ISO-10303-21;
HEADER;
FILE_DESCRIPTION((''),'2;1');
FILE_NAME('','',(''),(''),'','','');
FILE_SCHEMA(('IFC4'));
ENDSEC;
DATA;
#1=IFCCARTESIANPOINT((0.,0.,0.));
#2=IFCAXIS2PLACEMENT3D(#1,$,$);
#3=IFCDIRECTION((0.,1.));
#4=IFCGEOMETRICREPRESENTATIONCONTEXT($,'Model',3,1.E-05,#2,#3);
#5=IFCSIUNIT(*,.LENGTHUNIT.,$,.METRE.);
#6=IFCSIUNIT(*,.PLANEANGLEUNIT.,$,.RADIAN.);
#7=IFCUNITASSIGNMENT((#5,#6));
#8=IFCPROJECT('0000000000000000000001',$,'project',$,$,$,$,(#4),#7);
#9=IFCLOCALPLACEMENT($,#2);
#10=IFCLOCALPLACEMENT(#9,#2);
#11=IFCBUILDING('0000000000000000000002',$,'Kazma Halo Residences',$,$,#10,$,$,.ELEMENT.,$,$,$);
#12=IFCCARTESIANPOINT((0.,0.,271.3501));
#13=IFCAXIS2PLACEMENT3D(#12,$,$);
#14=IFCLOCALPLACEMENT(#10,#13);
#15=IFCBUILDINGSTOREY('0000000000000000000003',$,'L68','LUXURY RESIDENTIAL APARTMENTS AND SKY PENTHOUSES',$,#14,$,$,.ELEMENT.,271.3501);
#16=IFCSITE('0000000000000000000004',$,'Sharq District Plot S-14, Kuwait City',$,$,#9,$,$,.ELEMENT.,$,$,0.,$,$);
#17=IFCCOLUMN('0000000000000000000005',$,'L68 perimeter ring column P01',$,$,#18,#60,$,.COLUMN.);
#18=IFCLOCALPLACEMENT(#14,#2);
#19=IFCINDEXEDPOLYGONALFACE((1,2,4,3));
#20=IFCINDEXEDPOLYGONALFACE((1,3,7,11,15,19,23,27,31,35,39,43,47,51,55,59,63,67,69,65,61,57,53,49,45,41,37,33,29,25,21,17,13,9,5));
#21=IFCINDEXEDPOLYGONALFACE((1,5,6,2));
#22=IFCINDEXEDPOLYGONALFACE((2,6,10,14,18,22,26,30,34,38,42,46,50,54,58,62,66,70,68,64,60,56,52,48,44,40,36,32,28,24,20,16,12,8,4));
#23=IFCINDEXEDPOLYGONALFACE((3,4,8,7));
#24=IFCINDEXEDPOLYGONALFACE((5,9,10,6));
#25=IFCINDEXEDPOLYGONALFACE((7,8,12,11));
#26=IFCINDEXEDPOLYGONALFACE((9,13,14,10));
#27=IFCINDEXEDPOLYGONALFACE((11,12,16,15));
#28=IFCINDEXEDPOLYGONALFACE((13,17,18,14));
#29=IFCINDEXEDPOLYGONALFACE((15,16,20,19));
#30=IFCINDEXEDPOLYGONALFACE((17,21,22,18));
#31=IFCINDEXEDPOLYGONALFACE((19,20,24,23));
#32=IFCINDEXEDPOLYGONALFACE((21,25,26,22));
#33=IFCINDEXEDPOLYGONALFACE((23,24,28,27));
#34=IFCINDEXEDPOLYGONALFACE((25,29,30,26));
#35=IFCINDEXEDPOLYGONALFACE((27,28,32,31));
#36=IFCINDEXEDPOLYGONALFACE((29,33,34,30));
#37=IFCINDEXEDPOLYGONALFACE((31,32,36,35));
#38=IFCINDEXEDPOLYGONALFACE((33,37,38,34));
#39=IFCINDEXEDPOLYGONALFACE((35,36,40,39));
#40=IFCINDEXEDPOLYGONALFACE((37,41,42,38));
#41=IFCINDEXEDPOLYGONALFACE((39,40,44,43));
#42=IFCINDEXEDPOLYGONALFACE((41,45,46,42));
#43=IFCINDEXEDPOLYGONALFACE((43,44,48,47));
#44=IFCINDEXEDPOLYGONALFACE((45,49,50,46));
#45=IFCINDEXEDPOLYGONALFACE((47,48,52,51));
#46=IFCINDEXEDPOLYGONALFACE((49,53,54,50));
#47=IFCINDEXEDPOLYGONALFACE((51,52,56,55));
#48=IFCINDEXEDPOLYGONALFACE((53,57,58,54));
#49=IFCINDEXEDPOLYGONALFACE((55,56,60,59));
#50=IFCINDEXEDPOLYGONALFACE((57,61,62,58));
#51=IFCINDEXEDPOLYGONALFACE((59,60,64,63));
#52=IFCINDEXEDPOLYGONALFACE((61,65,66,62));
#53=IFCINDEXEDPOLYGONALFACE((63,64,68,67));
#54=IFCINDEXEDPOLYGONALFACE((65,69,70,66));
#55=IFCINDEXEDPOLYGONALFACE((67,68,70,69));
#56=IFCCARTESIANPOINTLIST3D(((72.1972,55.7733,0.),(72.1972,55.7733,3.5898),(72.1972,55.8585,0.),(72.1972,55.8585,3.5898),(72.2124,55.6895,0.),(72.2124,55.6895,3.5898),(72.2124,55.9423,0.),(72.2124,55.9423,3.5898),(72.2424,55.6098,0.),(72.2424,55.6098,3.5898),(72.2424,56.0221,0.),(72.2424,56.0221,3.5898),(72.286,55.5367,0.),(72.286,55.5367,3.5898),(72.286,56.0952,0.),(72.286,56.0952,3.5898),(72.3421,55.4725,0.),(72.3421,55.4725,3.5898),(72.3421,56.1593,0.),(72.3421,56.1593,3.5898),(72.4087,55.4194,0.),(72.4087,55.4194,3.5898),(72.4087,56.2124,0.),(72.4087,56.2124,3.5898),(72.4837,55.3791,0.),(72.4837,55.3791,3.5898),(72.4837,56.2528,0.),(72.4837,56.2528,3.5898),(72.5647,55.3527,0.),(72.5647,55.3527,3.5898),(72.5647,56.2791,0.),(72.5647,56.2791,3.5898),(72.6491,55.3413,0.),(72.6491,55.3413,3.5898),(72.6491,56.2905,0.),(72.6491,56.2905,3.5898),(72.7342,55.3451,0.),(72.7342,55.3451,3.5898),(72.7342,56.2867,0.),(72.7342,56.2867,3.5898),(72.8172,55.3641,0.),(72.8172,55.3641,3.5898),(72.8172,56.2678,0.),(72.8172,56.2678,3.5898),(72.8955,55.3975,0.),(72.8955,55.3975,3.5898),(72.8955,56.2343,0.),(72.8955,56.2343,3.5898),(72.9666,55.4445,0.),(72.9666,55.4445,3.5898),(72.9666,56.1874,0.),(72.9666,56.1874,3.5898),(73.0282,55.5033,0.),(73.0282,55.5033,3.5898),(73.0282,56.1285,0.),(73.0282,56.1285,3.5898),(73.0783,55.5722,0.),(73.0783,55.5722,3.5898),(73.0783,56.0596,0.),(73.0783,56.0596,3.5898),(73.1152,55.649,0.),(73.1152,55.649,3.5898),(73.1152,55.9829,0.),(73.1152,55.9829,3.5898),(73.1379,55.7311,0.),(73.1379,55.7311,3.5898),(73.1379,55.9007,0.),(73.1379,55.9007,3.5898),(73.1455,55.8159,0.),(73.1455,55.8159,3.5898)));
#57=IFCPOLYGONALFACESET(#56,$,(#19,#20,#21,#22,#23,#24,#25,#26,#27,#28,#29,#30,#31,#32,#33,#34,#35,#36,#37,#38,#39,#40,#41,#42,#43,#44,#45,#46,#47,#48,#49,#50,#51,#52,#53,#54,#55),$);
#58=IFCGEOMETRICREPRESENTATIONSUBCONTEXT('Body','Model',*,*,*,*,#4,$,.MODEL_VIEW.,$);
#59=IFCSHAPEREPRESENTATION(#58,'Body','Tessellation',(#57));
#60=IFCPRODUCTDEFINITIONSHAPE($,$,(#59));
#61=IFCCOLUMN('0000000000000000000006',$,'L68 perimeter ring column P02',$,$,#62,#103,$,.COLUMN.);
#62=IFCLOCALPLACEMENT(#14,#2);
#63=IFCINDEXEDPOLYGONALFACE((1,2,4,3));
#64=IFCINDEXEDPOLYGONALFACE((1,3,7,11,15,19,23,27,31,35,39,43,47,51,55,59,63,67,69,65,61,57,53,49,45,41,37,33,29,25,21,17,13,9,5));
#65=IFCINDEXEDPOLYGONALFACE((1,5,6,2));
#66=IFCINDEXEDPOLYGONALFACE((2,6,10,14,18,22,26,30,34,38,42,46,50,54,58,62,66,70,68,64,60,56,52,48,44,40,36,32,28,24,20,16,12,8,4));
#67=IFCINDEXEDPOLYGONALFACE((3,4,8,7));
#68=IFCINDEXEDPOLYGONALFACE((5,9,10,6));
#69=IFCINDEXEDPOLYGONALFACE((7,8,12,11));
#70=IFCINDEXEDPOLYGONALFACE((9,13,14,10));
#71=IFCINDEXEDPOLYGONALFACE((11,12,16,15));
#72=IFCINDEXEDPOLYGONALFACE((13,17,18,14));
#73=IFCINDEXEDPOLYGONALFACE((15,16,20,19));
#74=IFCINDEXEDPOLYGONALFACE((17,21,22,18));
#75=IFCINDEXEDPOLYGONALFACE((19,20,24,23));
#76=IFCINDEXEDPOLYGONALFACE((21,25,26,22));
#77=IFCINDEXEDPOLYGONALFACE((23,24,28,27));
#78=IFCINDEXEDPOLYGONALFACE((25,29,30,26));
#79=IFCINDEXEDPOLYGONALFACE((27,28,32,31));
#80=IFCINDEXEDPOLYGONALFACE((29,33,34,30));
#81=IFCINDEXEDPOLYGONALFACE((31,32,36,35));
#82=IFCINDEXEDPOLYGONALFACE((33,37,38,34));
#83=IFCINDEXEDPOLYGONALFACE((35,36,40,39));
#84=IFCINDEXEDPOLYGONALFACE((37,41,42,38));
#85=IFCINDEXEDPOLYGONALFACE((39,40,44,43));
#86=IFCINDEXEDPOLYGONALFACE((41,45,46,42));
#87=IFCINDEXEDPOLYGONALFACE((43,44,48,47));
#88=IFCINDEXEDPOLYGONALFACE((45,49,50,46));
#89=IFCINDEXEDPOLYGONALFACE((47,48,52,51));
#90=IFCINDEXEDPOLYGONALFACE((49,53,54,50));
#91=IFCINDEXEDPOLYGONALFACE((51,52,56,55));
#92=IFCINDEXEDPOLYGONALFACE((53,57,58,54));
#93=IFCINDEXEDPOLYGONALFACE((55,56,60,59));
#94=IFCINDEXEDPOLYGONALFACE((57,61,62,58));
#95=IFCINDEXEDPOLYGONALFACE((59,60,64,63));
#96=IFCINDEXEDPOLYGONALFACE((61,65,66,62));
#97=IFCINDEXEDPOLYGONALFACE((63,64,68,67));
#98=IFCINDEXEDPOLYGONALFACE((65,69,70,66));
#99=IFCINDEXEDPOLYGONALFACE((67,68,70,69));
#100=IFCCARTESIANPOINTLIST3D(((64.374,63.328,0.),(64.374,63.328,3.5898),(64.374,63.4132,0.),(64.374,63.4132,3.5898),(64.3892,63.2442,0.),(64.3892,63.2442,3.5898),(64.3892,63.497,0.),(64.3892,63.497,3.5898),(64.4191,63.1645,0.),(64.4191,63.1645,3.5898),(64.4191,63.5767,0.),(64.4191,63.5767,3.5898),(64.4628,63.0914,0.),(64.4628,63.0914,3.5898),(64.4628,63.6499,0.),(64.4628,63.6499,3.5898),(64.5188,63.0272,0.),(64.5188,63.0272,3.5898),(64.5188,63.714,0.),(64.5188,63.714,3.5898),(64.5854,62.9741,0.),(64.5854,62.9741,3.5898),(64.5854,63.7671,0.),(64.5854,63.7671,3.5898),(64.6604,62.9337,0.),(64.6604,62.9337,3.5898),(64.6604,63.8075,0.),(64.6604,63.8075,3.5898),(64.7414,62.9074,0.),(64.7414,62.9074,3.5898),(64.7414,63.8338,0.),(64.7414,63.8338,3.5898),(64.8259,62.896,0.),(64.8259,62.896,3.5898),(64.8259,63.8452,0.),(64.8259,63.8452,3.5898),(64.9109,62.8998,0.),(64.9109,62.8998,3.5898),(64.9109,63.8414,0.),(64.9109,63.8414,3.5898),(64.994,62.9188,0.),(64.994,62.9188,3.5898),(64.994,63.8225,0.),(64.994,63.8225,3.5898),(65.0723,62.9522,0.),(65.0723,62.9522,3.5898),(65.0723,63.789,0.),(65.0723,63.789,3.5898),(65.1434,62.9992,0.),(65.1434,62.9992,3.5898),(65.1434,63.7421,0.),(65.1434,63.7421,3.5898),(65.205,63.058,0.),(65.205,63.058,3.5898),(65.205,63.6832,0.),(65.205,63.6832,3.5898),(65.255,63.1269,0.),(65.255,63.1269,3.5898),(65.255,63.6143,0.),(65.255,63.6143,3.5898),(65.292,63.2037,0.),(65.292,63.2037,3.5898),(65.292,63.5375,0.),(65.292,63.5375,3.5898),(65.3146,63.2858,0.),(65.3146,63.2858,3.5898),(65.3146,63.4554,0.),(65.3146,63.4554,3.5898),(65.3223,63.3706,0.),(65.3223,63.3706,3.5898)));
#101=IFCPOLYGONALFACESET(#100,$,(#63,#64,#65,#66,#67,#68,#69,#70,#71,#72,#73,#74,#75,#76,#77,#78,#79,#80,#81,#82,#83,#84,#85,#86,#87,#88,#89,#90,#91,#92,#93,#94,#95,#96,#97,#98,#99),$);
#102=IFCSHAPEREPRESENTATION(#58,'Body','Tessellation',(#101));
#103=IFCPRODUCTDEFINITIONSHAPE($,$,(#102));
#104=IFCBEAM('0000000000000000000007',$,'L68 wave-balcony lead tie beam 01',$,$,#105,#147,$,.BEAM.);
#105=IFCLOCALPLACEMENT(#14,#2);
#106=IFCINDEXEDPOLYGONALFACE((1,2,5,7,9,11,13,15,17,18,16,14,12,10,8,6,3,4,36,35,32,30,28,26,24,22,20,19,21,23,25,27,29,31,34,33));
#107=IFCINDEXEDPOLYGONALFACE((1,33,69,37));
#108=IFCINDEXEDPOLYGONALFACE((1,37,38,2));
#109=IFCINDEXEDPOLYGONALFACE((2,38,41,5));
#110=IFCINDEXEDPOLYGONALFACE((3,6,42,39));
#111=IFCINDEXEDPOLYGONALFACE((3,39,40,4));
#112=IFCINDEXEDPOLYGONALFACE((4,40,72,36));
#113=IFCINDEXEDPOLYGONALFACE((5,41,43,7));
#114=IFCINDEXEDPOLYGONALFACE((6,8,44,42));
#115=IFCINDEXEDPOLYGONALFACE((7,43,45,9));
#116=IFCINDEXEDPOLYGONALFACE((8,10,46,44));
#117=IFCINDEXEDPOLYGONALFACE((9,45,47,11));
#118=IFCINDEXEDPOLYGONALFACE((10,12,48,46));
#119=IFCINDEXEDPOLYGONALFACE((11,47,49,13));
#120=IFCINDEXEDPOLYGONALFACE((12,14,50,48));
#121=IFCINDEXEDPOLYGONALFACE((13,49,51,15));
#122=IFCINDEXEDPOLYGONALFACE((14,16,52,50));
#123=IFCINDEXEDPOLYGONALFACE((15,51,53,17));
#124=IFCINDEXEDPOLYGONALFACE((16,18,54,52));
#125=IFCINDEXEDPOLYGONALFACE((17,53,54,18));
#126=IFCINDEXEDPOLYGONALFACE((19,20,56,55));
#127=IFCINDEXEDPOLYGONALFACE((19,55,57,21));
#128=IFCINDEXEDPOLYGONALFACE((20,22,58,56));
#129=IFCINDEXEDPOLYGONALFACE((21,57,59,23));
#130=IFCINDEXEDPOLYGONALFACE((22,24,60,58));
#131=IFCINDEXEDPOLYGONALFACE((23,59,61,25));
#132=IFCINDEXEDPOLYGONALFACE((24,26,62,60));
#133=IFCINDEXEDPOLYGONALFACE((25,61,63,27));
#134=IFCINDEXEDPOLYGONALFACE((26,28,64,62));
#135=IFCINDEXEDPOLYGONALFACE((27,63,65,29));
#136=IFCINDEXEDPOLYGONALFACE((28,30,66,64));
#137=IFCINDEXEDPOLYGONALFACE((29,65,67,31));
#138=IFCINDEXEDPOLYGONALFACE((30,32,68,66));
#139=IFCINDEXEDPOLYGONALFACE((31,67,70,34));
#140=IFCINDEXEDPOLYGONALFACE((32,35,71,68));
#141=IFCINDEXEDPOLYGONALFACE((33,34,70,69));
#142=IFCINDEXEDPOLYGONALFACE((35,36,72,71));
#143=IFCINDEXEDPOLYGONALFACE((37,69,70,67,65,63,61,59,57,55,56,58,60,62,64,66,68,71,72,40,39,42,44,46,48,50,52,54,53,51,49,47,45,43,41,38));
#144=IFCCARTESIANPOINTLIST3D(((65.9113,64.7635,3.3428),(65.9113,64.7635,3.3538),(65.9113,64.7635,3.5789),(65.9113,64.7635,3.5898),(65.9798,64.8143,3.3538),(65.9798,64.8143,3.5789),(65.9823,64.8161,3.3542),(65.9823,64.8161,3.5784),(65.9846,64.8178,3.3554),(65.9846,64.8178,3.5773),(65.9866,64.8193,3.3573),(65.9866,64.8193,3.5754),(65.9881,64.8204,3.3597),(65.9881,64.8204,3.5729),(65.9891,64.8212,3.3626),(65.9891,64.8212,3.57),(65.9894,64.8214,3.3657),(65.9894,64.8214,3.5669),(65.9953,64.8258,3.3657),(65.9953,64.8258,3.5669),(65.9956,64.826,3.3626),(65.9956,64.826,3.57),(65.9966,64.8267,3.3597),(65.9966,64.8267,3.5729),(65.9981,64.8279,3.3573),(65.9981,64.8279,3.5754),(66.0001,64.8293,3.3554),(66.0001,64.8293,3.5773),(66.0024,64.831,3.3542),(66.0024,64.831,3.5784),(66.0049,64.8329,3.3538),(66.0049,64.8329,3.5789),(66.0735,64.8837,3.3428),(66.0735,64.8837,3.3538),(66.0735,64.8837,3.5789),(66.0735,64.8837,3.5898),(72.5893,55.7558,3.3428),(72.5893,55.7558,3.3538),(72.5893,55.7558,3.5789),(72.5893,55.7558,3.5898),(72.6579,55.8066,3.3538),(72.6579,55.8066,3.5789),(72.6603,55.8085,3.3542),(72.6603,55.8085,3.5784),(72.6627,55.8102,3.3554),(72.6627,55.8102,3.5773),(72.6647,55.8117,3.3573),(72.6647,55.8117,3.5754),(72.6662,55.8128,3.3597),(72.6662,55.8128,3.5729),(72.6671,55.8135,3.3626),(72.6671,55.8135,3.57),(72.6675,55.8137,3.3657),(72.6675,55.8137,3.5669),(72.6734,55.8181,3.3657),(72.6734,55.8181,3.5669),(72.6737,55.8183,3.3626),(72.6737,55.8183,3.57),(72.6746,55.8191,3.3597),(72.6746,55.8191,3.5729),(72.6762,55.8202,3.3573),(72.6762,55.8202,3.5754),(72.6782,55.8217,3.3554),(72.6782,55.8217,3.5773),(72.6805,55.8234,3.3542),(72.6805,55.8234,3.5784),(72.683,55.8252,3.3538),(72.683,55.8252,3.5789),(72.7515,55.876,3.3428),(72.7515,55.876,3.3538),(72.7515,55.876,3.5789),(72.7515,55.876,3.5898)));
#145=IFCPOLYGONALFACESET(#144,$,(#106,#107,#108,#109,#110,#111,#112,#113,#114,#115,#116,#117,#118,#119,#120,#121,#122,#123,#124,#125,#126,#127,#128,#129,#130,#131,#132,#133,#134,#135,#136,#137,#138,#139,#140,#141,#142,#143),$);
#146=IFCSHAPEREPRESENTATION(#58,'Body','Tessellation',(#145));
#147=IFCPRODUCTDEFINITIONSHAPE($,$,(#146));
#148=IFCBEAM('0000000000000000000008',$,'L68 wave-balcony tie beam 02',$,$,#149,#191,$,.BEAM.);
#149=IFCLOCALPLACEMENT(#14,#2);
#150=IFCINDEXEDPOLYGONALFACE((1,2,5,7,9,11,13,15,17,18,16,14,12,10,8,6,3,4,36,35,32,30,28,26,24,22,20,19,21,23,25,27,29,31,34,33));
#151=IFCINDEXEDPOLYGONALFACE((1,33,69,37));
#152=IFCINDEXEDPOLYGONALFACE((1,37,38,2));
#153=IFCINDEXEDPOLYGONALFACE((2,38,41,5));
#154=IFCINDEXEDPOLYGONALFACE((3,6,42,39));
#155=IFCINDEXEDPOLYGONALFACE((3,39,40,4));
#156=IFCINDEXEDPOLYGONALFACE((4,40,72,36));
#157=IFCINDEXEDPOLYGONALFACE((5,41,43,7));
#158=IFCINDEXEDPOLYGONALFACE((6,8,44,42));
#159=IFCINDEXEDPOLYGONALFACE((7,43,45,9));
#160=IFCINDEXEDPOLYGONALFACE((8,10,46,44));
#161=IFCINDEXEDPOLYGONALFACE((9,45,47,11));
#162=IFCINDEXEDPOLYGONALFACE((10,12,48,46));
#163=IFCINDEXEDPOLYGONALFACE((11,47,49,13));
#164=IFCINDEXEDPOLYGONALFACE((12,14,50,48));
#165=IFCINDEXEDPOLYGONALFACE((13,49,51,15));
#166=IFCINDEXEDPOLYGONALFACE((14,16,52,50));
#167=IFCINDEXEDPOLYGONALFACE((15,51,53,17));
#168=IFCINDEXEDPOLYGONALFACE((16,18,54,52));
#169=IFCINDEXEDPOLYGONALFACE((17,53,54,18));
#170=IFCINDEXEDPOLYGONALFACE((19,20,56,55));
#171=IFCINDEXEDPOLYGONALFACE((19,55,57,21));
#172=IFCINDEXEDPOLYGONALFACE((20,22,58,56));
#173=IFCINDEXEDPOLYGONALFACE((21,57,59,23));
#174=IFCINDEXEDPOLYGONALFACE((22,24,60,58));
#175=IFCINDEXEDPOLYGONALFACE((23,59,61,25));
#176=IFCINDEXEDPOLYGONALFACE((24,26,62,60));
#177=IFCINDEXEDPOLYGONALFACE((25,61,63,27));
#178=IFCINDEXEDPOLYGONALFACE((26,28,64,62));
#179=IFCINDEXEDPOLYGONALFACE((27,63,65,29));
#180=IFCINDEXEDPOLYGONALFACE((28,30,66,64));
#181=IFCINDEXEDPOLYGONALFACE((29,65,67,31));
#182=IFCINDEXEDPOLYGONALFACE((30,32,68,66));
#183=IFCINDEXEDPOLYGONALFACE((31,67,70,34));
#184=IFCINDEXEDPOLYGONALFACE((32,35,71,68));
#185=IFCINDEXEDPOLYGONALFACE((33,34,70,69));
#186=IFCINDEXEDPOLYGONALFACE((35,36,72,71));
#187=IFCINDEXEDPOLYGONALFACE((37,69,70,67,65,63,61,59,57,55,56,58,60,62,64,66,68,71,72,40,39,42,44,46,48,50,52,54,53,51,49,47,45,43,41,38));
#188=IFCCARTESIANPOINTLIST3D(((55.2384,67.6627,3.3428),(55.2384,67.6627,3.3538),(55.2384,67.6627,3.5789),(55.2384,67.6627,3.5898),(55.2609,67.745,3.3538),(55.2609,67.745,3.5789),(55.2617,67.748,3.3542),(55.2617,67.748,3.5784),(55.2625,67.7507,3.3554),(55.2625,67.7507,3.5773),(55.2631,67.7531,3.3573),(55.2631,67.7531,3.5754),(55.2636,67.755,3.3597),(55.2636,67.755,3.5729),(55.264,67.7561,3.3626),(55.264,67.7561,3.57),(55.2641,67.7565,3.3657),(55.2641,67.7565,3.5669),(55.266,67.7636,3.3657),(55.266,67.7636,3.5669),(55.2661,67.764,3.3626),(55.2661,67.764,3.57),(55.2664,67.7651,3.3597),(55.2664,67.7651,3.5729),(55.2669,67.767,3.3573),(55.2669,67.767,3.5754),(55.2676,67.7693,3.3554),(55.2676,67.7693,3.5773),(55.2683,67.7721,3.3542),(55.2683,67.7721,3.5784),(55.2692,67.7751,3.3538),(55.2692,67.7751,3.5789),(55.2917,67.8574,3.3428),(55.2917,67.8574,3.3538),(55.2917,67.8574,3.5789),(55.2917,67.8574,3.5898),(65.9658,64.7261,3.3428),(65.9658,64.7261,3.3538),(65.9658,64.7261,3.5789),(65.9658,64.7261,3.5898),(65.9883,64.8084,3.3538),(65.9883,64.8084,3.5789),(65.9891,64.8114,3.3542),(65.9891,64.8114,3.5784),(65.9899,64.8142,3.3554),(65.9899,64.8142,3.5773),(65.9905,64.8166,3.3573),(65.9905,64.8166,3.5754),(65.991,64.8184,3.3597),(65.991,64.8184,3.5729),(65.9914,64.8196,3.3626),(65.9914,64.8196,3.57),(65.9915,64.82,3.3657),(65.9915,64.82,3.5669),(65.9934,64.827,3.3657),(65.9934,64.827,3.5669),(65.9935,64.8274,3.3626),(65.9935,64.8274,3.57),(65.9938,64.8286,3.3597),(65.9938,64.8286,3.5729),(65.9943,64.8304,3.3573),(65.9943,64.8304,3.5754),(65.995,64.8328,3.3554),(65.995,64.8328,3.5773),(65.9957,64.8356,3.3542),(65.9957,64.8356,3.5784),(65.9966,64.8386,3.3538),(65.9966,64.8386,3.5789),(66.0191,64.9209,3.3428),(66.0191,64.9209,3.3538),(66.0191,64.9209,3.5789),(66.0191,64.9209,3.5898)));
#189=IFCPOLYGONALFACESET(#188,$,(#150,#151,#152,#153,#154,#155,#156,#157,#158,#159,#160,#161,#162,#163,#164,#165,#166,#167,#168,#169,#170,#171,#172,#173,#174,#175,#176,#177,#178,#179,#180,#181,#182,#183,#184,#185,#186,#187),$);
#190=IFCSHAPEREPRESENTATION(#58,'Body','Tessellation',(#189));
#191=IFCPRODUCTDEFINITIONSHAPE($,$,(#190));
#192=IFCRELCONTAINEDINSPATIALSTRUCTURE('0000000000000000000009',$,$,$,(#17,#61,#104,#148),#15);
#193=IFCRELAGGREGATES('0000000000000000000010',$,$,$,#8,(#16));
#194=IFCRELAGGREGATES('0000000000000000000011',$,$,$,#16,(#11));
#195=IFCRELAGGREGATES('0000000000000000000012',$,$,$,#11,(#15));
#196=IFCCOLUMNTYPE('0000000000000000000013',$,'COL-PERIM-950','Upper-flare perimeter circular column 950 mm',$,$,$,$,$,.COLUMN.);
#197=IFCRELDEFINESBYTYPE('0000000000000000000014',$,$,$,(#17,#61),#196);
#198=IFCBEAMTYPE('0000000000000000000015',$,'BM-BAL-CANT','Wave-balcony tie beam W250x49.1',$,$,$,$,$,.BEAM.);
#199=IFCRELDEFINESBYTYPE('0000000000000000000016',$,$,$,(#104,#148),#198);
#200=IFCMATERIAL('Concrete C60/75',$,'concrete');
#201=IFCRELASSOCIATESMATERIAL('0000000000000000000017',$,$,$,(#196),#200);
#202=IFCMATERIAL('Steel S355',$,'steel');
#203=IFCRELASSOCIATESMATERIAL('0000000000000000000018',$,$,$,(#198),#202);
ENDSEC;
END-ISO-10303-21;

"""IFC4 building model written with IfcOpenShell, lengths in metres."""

from ifc_helpers import new_model, si_unit, direction, frame, origin, origin_2d, place, context, subcontext, project, spatial, circle, i_section, extrude, material, material_profile, profile_set, type_object, element, save


model = new_model("IFC4")

# Units and contexts
model_context = context("Model", 3, precision=1e-05, world=origin(), true_north=direction((0.0, 1.0)))
body_context = subcontext(model_context, "Body", "Model", "MODEL_VIEW")
ifc_project = project(units=[si_unit("LENGTHUNIT", "METRE"), si_unit("PLANEANGLEUNIT", "RADIAN")], contexts=[model_context])

# Site, building, storey
site_placement = place(None, origin())
site = spatial("IfcSite", under=ifc_project, at=site_placement, Name="Sharq District Plot S-14, Kuwait City", CompositionType="ELEMENT", RefElevation=0.0)
building_placement = place(site_placement, origin())
building = spatial("IfcBuilding", under=site, at=building_placement, Name="Kazma Halo Residences", CompositionType="ELEMENT")
storey_placement = place(building_placement, frame((0.0, 0.0, 271.3501)))
storey = spatial("IfcBuildingStorey", under=building, at=storey_placement, Name="L68", Description="LUXURY RESIDENTIAL APARTMENTS AND SKY PENTHOUSES", CompositionType="ELEMENT", Elevation=271.3501)

# Columns
ifc_material_1 = material(Name="Concrete C60/75", Category="concrete")
ifc_material_profile_1 = material_profile(ifc_material_1, circle(Radius=0.4751, at=origin_2d()), Name="CIRC950")
ifc_profile_set_1 = profile_set([ifc_material_profile_1], Name="Concrete C60/75")
column_type = type_object("IfcColumnType", Name="COL-PERIM-950", Description="Upper-flare perimeter circular column 950 mm", PredefinedType="COLUMN", material=ifc_profile_set_1)
for number, where, z_axis, x_axis, name in (
    (1, (72.6704, 55.8159, 0.0), (0.0, 0.0, 1.0), (1.0, 0.0, 0.0), "L68 perimeter ring column P01"),
    (2, (64.8472, 63.3706, 0.0), (0.0, 0.0, 1.0), (1.0, 0.0, 0.0), "L68 perimeter ring column P02"),
):
    element("IfcColumn", number, at=place(storey_placement, frame(where, z_axis=z_axis, x_axis=x_axis)), inside=storey, type_object=column_type, Name=name, PredefinedType="COLUMN", context=body_context, shape_type="SweptSolid", body=[
        extrude(circle(Radius=0.4751, at=origin_2d()), origin(), (0.0, 0.0, 1.0), 3.5898),
    ])

# Beams
ifc_material_2 = material(Name="Steel S355", Category="steel")
ifc_material_profile_2 = material_profile(ifc_material_2, i_section(OverallWidth=0.2019, OverallDepth=0.2471, WebThickness=0.0073, FlangeThickness=0.011, FilletRadius=0.012, at=origin_2d()), Name="W250x49.1")
ifc_profile_set_2 = profile_set([ifc_material_profile_2], Name="Steel S355")
beam_type_1 = type_object("IfcBeamType", Name="BM-BAL-CANT", Description="Wave-balcony tie beam W250x49.1", PredefinedType="BEAM", material=ifc_profile_set_2)
beam_1_placement = place(storey_placement, frame((72.6704, 55.8159, 3.4663), z_axis=(-0.595556, 0.803314, 0.0), x_axis=(-0.803314, -0.595556, 0.0)))
element("IfcBeam", 3, at=beam_1_placement, inside=storey, type_object=beam_type_1, Name="L68 wave-balcony lead tie beam 01", PredefinedType="BEAM", context=body_context, shape_type="SweptSolid", body=[
    extrude(i_section(OverallWidth=0.2019, OverallDepth=0.2471, WebThickness=0.0073, FlangeThickness=0.011, FilletRadius=0.012, at=origin_2d()), origin(), (0.0, 0.0, 1.0), 11.2131),
])
beam_2_placement = place(storey_placement, frame((65.9924, 64.8235, 3.4663), z_axis=(-0.964515, 0.264029, 0.0), x_axis=(-0.264029, -0.964515, 0.0)))
element("IfcBeam", 4, at=beam_2_placement, inside=storey, type_object=beam_type_1, Name="L68 wave-balcony tie beam 02", PredefinedType="BEAM", context=body_context, shape_type="SweptSolid", body=[
    extrude(i_section(OverallWidth=0.2019, OverallDepth=0.2471, WebThickness=0.0073, FlangeThickness=0.011, FilletRadius=0.012, at=origin_2d()), origin(), (0.0, 0.0, 1.0), 11.1221),
])

save(model, "model.ifc")
